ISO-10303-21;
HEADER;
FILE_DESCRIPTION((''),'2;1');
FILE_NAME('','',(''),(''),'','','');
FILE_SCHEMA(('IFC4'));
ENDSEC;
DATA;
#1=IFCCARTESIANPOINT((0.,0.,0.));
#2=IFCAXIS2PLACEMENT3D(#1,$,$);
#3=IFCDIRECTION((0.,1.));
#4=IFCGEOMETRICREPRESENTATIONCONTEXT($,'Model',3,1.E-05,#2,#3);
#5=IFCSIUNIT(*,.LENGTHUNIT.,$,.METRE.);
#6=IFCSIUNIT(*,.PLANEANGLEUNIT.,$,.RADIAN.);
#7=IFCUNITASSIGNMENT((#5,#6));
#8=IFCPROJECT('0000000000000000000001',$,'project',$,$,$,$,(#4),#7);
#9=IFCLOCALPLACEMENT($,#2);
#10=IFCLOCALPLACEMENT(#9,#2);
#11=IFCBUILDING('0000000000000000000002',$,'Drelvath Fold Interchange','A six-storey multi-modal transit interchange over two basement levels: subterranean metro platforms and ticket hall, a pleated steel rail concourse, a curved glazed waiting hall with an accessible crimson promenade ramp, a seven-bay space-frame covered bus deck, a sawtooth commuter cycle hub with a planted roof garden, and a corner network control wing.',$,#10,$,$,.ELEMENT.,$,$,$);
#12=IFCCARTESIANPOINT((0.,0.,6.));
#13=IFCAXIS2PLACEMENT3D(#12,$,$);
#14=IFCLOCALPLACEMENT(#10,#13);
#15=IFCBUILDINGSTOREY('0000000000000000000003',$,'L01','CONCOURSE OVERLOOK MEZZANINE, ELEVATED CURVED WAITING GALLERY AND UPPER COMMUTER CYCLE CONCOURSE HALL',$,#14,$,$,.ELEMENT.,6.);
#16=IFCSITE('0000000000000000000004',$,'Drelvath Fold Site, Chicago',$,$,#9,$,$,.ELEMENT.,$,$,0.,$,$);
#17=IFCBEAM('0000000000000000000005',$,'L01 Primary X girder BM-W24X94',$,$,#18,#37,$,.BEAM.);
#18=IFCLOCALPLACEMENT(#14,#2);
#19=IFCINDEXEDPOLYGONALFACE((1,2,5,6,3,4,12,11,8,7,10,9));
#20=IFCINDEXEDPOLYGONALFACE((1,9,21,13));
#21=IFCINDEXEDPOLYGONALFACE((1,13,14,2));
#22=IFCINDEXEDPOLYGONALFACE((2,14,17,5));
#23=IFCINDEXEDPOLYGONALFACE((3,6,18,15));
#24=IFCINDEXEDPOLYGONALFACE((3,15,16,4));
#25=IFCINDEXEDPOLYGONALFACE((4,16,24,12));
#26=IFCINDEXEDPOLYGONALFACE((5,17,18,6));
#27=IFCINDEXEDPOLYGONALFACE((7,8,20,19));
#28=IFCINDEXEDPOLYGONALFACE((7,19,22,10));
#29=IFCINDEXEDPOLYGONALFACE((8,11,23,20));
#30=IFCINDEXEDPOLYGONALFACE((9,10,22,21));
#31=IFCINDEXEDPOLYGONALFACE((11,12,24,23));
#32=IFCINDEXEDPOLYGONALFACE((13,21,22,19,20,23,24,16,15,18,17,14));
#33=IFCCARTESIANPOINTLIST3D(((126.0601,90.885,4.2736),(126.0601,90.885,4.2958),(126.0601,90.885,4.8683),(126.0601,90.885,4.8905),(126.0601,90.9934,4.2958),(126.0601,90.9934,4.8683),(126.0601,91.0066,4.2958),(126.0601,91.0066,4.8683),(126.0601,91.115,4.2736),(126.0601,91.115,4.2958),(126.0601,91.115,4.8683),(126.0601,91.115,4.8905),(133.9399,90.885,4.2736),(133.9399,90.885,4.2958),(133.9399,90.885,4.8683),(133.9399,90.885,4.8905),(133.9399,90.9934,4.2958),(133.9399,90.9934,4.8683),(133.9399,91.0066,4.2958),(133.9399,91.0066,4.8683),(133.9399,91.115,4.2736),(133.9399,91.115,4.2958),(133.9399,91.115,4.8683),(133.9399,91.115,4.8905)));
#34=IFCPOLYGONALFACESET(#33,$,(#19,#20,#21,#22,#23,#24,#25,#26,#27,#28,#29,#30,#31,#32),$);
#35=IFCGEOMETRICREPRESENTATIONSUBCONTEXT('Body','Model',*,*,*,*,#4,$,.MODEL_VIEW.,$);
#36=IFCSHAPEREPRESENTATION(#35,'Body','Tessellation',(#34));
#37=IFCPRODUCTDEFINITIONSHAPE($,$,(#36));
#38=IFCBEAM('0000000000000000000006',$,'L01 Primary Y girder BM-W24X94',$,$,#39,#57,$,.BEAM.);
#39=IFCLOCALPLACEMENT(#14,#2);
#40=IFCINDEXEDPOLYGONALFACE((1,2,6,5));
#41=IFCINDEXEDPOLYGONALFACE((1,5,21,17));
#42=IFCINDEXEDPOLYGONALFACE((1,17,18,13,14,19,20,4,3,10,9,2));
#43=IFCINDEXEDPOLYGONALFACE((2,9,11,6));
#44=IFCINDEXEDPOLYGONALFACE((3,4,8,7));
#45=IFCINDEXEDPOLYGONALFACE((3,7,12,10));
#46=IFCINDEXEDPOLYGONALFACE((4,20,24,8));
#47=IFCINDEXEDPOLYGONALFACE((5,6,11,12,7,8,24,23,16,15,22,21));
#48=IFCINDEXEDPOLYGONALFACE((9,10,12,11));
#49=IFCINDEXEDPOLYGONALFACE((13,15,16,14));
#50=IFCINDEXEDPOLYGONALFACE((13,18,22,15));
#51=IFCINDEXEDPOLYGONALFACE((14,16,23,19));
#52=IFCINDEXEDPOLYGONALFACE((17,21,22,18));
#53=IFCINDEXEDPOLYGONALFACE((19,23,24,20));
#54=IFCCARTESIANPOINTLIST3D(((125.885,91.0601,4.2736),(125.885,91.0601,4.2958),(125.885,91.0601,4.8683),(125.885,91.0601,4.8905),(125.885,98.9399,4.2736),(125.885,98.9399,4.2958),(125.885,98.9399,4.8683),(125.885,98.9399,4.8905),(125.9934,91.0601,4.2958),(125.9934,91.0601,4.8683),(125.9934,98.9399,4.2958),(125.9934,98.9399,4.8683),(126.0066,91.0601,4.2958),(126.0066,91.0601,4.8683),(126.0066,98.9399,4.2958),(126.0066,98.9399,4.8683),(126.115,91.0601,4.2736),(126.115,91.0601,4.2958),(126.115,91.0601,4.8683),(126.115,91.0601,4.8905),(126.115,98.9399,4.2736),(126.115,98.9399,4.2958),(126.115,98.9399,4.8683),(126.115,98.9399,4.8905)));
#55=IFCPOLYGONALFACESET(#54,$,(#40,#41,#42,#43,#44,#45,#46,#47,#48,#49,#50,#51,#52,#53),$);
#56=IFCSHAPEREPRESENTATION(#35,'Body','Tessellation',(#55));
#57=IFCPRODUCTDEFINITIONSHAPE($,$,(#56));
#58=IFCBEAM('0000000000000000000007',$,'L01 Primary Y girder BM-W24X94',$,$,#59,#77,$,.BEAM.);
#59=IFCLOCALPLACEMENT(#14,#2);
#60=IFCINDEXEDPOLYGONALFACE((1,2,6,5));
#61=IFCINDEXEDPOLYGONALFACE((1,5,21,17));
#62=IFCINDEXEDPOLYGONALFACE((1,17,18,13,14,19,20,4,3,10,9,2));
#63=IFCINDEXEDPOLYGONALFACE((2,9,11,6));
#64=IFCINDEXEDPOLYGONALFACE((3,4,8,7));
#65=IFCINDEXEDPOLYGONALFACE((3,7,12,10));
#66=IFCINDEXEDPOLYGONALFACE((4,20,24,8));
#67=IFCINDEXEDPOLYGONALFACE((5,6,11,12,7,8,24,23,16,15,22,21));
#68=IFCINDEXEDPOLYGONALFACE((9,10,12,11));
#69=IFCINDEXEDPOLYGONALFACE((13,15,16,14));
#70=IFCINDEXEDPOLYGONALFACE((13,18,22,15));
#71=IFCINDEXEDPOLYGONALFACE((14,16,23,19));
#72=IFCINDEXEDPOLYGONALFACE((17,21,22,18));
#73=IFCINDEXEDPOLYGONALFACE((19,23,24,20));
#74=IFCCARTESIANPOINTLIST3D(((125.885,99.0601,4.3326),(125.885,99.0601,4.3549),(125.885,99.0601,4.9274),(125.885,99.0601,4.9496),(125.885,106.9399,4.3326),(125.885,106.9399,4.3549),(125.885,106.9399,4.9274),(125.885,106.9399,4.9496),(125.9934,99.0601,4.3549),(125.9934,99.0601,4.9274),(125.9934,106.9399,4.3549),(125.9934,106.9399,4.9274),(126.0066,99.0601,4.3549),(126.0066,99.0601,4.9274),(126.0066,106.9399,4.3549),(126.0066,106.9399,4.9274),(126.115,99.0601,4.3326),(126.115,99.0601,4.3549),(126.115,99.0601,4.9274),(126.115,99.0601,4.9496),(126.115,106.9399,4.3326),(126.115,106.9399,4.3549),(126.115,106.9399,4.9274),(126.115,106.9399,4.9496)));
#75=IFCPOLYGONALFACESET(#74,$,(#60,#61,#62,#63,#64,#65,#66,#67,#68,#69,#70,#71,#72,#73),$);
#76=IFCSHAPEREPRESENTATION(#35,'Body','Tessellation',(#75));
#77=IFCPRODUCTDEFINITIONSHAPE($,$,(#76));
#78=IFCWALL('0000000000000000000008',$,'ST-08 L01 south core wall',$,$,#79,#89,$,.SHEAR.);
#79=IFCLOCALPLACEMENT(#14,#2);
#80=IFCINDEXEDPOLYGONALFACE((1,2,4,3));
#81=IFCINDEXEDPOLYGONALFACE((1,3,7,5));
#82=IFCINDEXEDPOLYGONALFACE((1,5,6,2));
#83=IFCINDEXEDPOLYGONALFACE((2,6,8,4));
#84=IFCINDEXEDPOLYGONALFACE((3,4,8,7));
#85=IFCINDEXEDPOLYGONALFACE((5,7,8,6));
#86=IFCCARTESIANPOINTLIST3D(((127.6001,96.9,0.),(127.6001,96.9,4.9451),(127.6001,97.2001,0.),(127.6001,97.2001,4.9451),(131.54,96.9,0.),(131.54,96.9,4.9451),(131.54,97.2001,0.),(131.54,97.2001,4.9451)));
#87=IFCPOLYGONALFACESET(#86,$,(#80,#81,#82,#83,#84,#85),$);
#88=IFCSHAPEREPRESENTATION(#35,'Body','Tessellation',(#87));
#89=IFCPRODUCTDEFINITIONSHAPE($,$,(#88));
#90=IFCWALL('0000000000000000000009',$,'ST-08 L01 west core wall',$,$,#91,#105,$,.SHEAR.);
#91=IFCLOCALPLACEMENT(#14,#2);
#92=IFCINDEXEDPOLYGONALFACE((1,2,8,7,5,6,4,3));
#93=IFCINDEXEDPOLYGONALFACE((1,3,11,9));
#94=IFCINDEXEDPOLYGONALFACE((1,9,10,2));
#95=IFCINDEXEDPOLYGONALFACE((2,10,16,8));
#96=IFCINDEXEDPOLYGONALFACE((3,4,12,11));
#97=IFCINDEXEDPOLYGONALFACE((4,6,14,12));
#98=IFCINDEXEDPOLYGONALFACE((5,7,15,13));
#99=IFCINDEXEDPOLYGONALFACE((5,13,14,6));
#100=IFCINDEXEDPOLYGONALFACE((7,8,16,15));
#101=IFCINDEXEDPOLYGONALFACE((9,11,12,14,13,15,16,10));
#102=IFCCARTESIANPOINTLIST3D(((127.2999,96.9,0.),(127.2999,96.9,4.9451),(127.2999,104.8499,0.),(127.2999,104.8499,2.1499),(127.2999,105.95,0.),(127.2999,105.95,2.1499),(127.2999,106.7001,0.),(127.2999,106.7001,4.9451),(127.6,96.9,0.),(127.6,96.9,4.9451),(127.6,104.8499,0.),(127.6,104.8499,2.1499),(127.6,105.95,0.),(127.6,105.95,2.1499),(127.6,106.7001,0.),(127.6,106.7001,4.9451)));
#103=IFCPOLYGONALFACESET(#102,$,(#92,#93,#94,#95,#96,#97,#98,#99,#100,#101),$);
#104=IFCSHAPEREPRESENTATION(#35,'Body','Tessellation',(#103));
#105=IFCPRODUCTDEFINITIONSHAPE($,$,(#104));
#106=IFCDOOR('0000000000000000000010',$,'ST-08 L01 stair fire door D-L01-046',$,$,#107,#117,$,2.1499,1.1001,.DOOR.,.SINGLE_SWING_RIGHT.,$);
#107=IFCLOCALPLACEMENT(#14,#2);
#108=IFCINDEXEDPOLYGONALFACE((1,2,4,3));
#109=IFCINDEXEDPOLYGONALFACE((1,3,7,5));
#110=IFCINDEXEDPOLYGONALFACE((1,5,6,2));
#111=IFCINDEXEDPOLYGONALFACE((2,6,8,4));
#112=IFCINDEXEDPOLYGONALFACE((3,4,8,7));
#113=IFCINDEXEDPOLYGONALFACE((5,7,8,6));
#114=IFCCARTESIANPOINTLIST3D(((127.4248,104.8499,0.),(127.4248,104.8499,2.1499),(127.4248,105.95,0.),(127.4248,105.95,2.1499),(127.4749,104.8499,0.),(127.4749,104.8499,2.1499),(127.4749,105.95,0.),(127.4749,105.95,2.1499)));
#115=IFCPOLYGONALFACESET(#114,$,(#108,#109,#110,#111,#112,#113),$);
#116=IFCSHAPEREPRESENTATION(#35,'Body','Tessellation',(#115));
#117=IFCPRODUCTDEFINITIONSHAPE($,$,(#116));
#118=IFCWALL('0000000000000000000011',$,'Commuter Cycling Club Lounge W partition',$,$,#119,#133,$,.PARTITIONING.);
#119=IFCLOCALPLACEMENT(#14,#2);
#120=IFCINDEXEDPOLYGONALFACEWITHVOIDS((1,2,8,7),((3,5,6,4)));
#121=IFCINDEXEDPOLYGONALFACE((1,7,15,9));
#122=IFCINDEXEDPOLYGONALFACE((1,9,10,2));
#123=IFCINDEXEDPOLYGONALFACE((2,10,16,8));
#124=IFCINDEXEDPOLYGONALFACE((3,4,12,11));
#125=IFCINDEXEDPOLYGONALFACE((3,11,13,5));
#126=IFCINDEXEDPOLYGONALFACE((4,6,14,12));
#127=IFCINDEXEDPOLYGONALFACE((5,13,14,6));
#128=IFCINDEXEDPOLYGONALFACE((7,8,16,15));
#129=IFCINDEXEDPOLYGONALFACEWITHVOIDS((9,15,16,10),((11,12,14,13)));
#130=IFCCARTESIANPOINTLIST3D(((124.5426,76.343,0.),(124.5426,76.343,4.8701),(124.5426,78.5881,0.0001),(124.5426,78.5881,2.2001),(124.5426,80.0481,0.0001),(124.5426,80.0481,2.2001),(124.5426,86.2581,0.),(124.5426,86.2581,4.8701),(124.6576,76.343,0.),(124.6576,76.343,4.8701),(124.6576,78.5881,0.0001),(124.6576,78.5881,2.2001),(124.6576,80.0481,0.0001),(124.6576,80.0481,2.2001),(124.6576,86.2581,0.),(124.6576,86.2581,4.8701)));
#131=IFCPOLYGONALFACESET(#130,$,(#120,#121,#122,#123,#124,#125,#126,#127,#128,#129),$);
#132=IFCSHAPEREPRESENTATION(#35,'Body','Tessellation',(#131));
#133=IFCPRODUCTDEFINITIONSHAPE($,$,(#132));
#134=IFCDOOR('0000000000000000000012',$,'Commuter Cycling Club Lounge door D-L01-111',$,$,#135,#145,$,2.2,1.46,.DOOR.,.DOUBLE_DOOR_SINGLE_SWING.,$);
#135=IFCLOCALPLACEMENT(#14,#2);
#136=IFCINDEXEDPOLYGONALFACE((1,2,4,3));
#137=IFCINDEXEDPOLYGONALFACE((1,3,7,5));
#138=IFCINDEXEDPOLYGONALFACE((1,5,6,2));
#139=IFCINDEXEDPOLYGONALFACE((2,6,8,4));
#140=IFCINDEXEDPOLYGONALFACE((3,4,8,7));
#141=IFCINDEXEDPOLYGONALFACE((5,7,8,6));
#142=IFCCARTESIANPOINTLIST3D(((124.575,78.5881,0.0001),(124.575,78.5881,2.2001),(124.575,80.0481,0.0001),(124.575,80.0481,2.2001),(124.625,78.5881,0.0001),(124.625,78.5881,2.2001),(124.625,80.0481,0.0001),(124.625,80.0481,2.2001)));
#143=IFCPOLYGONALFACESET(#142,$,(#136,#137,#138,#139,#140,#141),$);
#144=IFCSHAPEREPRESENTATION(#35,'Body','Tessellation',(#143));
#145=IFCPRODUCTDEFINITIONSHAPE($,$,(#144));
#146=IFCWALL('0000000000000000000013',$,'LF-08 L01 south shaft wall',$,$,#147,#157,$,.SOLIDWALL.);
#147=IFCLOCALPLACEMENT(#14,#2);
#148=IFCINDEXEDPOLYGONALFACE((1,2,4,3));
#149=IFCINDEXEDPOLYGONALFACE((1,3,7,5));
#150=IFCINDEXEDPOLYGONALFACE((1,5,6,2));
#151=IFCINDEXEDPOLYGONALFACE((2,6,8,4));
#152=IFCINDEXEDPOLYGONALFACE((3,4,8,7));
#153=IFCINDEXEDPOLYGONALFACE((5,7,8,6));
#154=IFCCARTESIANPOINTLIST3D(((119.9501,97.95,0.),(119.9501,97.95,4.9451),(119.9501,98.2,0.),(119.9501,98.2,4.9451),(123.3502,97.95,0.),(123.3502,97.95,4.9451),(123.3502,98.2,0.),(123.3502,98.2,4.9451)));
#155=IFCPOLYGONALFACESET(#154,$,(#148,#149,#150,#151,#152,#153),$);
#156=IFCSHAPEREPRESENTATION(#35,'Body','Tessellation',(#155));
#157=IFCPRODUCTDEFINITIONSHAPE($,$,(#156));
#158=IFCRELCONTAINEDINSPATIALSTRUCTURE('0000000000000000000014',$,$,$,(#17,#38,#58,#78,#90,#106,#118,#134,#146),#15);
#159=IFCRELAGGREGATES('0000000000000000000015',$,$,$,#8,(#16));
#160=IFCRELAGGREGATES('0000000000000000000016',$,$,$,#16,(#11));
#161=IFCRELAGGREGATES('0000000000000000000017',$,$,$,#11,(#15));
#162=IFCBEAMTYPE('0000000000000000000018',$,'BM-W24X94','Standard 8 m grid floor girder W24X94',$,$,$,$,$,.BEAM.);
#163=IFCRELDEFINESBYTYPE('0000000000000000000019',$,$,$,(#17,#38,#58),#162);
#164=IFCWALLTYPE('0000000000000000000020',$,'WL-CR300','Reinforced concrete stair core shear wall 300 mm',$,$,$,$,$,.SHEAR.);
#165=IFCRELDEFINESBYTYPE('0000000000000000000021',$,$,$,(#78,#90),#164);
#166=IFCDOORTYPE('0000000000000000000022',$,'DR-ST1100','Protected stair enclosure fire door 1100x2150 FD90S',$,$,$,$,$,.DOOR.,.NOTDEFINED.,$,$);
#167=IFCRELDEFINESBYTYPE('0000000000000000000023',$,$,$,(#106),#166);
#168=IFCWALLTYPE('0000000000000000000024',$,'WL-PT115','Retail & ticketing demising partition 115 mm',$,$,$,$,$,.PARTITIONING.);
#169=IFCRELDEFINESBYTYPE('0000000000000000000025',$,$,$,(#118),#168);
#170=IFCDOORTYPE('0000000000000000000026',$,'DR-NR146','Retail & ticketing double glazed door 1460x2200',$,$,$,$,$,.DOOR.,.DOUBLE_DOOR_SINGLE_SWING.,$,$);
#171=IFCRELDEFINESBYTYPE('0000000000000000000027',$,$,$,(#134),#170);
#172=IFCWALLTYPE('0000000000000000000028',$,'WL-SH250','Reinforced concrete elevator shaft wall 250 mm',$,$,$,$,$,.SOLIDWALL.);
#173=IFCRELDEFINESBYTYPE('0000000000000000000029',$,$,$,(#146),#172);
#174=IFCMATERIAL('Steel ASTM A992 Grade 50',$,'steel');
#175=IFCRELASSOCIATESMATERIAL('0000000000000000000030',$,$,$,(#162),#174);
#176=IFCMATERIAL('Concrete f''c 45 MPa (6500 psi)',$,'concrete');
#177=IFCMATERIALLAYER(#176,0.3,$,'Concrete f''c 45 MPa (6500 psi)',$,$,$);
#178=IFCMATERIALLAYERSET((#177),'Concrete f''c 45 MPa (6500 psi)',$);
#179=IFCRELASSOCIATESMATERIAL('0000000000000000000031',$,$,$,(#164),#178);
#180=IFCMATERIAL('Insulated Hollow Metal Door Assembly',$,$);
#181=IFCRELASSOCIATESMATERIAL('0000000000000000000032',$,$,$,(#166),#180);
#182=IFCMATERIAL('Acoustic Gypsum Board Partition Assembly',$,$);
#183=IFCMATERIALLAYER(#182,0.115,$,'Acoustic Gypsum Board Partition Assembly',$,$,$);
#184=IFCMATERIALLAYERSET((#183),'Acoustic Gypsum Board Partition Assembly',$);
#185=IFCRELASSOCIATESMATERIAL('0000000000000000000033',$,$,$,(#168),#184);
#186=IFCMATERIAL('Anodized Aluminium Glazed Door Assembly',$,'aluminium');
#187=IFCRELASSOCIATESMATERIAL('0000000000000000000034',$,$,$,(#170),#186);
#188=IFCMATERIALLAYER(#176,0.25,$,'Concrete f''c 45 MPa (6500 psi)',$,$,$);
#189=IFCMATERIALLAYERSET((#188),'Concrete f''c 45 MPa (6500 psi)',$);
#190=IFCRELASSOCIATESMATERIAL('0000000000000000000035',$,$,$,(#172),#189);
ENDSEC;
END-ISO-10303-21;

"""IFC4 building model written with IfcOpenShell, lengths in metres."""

from ifc_helpers import new_model, si_unit, direction, frame, frame_2d, origin, origin_2d, place, context, subcontext, project, spatial, rectangle, i_section, extrude, material, layer, layer_set, material_profile, profile_set, type_object, element, fill, save


model = new_model("IFC4")

# Units and contexts
model_context = context("Model", 3, precision=1e-05, world=origin(), true_north=direction((0.0, 1.0)))
body_context = subcontext(model_context, "Body", "Model", "MODEL_VIEW")
ifc_project = project(units=[si_unit("LENGTHUNIT", "METRE"), si_unit("PLANEANGLEUNIT", "RADIAN")], contexts=[model_context])

# Site, building, storey
site_placement = place(None, origin())
site = spatial("IfcSite", under=ifc_project, at=site_placement, Name="Drelvath Fold Site, Chicago", CompositionType="ELEMENT", RefElevation=0.0)
building_placement = place(site_placement, origin())
building = spatial("IfcBuilding", under=site, at=building_placement, Name="Drelvath Fold Interchange", Description="A six-storey multi-modal transit interchange over two basement levels: subterranean metro platforms and ticket hall, a pleated steel rail concourse, a curved glazed waiting hall with an accessible crimson promenade ramp, a seven-bay space-frame covered bus deck, a sawtooth commuter cycle hub with a planted roof garden, and a corner network control wing.", CompositionType="ELEMENT")
storey_placement = place(building_placement, frame((0.0, 0.0, 6.0)))
storey = spatial("IfcBuildingStorey", under=building, at=storey_placement, Name="L01", Description="CONCOURSE OVERLOOK MEZZANINE, ELEVATED CURVED WAITING GALLERY AND UPPER COMMUTER CYCLE CONCOURSE HALL", CompositionType="ELEMENT", Elevation=6.0)

# Shared definitions
ifc_material_1 = material(Name="Steel ASTM A992 Grade 50", Category="steel")

# Beams
ifc_material_profile_1 = material_profile(ifc_material_1, i_section(OverallWidth=0.23, OverallDepth=0.6169, WebThickness=0.0132, FlangeThickness=0.0222, at=origin_2d()), Name="W24X94")
ifc_profile_set_1 = profile_set([ifc_material_profile_1], Name="Steel ASTM A992 Grade 50")
beam_type_1 = type_object("IfcBeamType", Name="BM-W24X94", Description="Standard 8 m grid floor girder W24X94", PredefinedType="BEAM", material=ifc_profile_set_1)
for number, where, z_axis, x_axis, name in (
    (1, (126.0601, 91.0, 4.582), (1.0, 0.0, 0.0), (0.0, 1.0, 0.0), "L01 Primary X girder BM-W24X94"),
    (2, (126.0, 91.0601, 4.582), (0.0, 1.0, 0.0), (-1.0, 0.0, 0.0), "L01 Primary Y girder BM-W24X94"),
    (3, (126.0, 99.0601, 4.6411), (0.0, 1.0, 0.0), (-1.0, 0.0, 0.0), "L01 Primary Y girder BM-W24X94"),
):
    element("IfcBeam", number, at=place(storey_placement, frame(where, z_axis=z_axis, x_axis=x_axis)), inside=storey, type_object=beam_type_1, Name=name, PredefinedType="BEAM", context=body_context, shape_type="SweptSolid", body=[
        extrude(i_section(OverallWidth=0.23, OverallDepth=0.6169, WebThickness=0.0132, FlangeThickness=0.0222, at=origin_2d()), origin(), (0.0, 0.0, 1.0), 7.8799),
    ])

# Wall
ifc_material_2 = material(Name="Concrete f'c 45 MPa (6500 psi)", Category="concrete")
ifc_layer_1 = layer(ifc_material_2, 0.3, Name="Concrete f'c 45 MPa (6500 psi)")
ifc_layer_set_1 = layer_set([ifc_layer_1], Name="Concrete f'c 45 MPa (6500 psi)")
wall_type_1 = type_object("IfcWallType", Name="WL-CR300", Description="Reinforced concrete stair core shear wall 300 mm", PredefinedType="SHEAR", material=ifc_layer_set_1)
wall_1_placement = place(storey_placement, frame((127.6001, 97.05, 0.0), z_axis=(0.0, 0.0, 1.0), x_axis=(1.0, 0.0, 0.0)))
element("IfcWall", 4, at=wall_1_placement, inside=storey, type_object=wall_type_1, Name="ST-08 L01 south core wall", PredefinedType="SHEAR", context=body_context, shape_type="SweptSolid", body=[
    extrude(rectangle(XDim=3.9399, YDim=0.3, at=frame_2d((1.97, 0.0))), origin(), (0.0, 0.0, 1.0), 4.9451),
])

# Walls, openings, doors
wall_2_placement = place(storey_placement, frame((127.45, 106.7, 0.0), z_axis=(0.0, 0.0, 1.0), x_axis=(0.0, -1.0, 0.0)))
wall_2 = element("IfcWall", 5, at=wall_2_placement, inside=storey, type_object=wall_type_1, Name="ST-08 L01 west core wall", PredefinedType="SHEAR", context=body_context, shape_type="SweptSolid", body=[
    extrude(rectangle(XDim=9.8, YDim=0.3, at=frame_2d((4.8999, 0.0))), origin(), (0.0, 0.0, 1.0), 4.9451),
])
opening_1_placement = place(wall_2_placement, frame((0.75, 0.0, 0.0)))
opening_1 = element("IfcOpeningElement", 6, at=opening_1_placement, cuts=wall_2, PredefinedType="OPENING", context=body_context, shape_type="SweptSolid", body=[
    extrude(rectangle(XDim=1.1001, YDim=2.1499, at=frame_2d((0.55, 1.075))), frame((0.0, 0.1599, 0.0), z_axis=(0.0, -1.0, 0.0), x_axis=(1.0, 0.0, 0.0)), (0.0, 0.0, 1.0), 0.3201),
])
ifc_material_3 = material(Name="Insulated Hollow Metal Door Assembly")
door_type_1 = type_object("IfcDoorType", Name="DR-ST1100", Description="Protected stair enclosure fire door 1100x2150 FD90S", OperationType="NOTDEFINED", PredefinedType="DOOR", material=ifc_material_3)
door_1_placement = place(opening_1_placement, origin())
door_1 = element("IfcDoor", 7, at=door_1_placement, inside=storey, type_object=door_type_1, Name="ST-08 L01 stair fire door D-L01-046", OperationType="SINGLE_SWING_RIGHT", OverallHeight=2.1499, OverallWidth=1.1001, PredefinedType="DOOR", context=body_context, shape_type="SweptSolid", body=[
    extrude(rectangle(XDim=1.1001, YDim=2.1499, at=frame_2d((0.55, 1.075))), frame((0.0, 0.0249, 0.0), z_axis=(0.0, -1.0, 0.0), x_axis=(1.0, 0.0, 0.0)), (0.0, 0.0, 1.0), 0.05),
])
fill(opening_1, door_1)
ifc_material_4 = material(Name="Acoustic Gypsum Board Partition Assembly")
ifc_layer_2 = layer(ifc_material_4, 0.115, Name="Acoustic Gypsum Board Partition Assembly")
ifc_layer_set_2 = layer_set([ifc_layer_2], Name="Acoustic Gypsum Board Partition Assembly")
wall_type_2 = type_object("IfcWallType", Name="WL-PT115", Description="Retail & ticketing demising partition 115 mm", PredefinedType="PARTITIONING", material=ifc_layer_set_2)
wall_3_placement = place(storey_placement, frame((124.6001, 86.2581, 0.0), z_axis=(0.0, 0.0, 1.0), x_axis=(0.0, -1.0, 0.0)))
wall_3 = element("IfcWall", 8, at=wall_3_placement, inside=storey, type_object=wall_type_2, Name="Commuter Cycling Club Lounge W partition", PredefinedType="PARTITIONING", context=body_context, shape_type="SweptSolid", body=[
    extrude(rectangle(XDim=9.915, YDim=0.115, at=frame_2d((4.9575, 0.0))), origin(), (0.0, 0.0, 1.0), 4.8701),
])
opening_2_placement = place(wall_3_placement, frame((6.21, 0.0, 0.0)))
opening_2 = element("IfcOpeningElement", 9, at=opening_2_placement, cuts=wall_3, PredefinedType="OPENING", context=body_context, shape_type="SweptSolid", body=[
    extrude(rectangle(XDim=1.46, YDim=2.2, at=frame_2d((0.73, 1.1001))), frame((0.0, 0.0674, 0.0), z_axis=(0.0, -1.0, 0.0), x_axis=(1.0, 0.0, 0.0)), (0.0, 0.0, 1.0), 0.135),
])
ifc_material_5 = material(Name="Anodized Aluminium Glazed Door Assembly", Category="aluminium")
door_type_2 = type_object("IfcDoorType", Name="DR-NR146", Description="Retail & ticketing double glazed door 1460x2200", OperationType="DOUBLE_DOOR_SINGLE_SWING", PredefinedType="DOOR", material=ifc_material_5)
door_2_placement = place(opening_2_placement, origin())
door_2 = element("IfcDoor", 10, at=door_2_placement, inside=storey, type_object=door_type_2, Name="Commuter Cycling Club Lounge door D-L01-111", OperationType="DOUBLE_DOOR_SINGLE_SWING", OverallHeight=2.2, OverallWidth=1.46, PredefinedType="DOOR", context=body_context, shape_type="SweptSolid", body=[
    extrude(rectangle(XDim=1.46, YDim=2.2, at=frame_2d((0.73, 1.1001))), frame((0.0, 0.0249, 0.0), z_axis=(0.0, -1.0, 0.0), x_axis=(1.0, 0.0, 0.0)), (0.0, 0.0, 1.0), 0.05),
])
fill(opening_2, door_2)

# Wall
ifc_layer_3 = layer(ifc_material_2, 0.25, Name="Concrete f'c 45 MPa (6500 psi)")
ifc_layer_set_3 = layer_set([ifc_layer_3], Name="Concrete f'c 45 MPa (6500 psi)")
wall_type_3 = type_object("IfcWallType", Name="WL-SH250", Description="Reinforced concrete elevator shaft wall 250 mm", PredefinedType="SOLIDWALL", material=ifc_layer_set_3)
wall_4_placement = place(storey_placement, frame((119.95, 98.075, 0.0), z_axis=(0.0, 0.0, 1.0), x_axis=(1.0, 0.0, 0.0)))
element("IfcWall", 11, at=wall_4_placement, inside=storey, type_object=wall_type_3, Name="LF-08 L01 south shaft wall", PredefinedType="SOLIDWALL", context=body_context, shape_type="SweptSolid", body=[
    extrude(rectangle(XDim=3.4001, YDim=0.25, at=frame_2d((1.7002, 0.0))), origin(), (0.0, 0.0, 1.0), 4.9451),
])

save(model, "model.ifc")
